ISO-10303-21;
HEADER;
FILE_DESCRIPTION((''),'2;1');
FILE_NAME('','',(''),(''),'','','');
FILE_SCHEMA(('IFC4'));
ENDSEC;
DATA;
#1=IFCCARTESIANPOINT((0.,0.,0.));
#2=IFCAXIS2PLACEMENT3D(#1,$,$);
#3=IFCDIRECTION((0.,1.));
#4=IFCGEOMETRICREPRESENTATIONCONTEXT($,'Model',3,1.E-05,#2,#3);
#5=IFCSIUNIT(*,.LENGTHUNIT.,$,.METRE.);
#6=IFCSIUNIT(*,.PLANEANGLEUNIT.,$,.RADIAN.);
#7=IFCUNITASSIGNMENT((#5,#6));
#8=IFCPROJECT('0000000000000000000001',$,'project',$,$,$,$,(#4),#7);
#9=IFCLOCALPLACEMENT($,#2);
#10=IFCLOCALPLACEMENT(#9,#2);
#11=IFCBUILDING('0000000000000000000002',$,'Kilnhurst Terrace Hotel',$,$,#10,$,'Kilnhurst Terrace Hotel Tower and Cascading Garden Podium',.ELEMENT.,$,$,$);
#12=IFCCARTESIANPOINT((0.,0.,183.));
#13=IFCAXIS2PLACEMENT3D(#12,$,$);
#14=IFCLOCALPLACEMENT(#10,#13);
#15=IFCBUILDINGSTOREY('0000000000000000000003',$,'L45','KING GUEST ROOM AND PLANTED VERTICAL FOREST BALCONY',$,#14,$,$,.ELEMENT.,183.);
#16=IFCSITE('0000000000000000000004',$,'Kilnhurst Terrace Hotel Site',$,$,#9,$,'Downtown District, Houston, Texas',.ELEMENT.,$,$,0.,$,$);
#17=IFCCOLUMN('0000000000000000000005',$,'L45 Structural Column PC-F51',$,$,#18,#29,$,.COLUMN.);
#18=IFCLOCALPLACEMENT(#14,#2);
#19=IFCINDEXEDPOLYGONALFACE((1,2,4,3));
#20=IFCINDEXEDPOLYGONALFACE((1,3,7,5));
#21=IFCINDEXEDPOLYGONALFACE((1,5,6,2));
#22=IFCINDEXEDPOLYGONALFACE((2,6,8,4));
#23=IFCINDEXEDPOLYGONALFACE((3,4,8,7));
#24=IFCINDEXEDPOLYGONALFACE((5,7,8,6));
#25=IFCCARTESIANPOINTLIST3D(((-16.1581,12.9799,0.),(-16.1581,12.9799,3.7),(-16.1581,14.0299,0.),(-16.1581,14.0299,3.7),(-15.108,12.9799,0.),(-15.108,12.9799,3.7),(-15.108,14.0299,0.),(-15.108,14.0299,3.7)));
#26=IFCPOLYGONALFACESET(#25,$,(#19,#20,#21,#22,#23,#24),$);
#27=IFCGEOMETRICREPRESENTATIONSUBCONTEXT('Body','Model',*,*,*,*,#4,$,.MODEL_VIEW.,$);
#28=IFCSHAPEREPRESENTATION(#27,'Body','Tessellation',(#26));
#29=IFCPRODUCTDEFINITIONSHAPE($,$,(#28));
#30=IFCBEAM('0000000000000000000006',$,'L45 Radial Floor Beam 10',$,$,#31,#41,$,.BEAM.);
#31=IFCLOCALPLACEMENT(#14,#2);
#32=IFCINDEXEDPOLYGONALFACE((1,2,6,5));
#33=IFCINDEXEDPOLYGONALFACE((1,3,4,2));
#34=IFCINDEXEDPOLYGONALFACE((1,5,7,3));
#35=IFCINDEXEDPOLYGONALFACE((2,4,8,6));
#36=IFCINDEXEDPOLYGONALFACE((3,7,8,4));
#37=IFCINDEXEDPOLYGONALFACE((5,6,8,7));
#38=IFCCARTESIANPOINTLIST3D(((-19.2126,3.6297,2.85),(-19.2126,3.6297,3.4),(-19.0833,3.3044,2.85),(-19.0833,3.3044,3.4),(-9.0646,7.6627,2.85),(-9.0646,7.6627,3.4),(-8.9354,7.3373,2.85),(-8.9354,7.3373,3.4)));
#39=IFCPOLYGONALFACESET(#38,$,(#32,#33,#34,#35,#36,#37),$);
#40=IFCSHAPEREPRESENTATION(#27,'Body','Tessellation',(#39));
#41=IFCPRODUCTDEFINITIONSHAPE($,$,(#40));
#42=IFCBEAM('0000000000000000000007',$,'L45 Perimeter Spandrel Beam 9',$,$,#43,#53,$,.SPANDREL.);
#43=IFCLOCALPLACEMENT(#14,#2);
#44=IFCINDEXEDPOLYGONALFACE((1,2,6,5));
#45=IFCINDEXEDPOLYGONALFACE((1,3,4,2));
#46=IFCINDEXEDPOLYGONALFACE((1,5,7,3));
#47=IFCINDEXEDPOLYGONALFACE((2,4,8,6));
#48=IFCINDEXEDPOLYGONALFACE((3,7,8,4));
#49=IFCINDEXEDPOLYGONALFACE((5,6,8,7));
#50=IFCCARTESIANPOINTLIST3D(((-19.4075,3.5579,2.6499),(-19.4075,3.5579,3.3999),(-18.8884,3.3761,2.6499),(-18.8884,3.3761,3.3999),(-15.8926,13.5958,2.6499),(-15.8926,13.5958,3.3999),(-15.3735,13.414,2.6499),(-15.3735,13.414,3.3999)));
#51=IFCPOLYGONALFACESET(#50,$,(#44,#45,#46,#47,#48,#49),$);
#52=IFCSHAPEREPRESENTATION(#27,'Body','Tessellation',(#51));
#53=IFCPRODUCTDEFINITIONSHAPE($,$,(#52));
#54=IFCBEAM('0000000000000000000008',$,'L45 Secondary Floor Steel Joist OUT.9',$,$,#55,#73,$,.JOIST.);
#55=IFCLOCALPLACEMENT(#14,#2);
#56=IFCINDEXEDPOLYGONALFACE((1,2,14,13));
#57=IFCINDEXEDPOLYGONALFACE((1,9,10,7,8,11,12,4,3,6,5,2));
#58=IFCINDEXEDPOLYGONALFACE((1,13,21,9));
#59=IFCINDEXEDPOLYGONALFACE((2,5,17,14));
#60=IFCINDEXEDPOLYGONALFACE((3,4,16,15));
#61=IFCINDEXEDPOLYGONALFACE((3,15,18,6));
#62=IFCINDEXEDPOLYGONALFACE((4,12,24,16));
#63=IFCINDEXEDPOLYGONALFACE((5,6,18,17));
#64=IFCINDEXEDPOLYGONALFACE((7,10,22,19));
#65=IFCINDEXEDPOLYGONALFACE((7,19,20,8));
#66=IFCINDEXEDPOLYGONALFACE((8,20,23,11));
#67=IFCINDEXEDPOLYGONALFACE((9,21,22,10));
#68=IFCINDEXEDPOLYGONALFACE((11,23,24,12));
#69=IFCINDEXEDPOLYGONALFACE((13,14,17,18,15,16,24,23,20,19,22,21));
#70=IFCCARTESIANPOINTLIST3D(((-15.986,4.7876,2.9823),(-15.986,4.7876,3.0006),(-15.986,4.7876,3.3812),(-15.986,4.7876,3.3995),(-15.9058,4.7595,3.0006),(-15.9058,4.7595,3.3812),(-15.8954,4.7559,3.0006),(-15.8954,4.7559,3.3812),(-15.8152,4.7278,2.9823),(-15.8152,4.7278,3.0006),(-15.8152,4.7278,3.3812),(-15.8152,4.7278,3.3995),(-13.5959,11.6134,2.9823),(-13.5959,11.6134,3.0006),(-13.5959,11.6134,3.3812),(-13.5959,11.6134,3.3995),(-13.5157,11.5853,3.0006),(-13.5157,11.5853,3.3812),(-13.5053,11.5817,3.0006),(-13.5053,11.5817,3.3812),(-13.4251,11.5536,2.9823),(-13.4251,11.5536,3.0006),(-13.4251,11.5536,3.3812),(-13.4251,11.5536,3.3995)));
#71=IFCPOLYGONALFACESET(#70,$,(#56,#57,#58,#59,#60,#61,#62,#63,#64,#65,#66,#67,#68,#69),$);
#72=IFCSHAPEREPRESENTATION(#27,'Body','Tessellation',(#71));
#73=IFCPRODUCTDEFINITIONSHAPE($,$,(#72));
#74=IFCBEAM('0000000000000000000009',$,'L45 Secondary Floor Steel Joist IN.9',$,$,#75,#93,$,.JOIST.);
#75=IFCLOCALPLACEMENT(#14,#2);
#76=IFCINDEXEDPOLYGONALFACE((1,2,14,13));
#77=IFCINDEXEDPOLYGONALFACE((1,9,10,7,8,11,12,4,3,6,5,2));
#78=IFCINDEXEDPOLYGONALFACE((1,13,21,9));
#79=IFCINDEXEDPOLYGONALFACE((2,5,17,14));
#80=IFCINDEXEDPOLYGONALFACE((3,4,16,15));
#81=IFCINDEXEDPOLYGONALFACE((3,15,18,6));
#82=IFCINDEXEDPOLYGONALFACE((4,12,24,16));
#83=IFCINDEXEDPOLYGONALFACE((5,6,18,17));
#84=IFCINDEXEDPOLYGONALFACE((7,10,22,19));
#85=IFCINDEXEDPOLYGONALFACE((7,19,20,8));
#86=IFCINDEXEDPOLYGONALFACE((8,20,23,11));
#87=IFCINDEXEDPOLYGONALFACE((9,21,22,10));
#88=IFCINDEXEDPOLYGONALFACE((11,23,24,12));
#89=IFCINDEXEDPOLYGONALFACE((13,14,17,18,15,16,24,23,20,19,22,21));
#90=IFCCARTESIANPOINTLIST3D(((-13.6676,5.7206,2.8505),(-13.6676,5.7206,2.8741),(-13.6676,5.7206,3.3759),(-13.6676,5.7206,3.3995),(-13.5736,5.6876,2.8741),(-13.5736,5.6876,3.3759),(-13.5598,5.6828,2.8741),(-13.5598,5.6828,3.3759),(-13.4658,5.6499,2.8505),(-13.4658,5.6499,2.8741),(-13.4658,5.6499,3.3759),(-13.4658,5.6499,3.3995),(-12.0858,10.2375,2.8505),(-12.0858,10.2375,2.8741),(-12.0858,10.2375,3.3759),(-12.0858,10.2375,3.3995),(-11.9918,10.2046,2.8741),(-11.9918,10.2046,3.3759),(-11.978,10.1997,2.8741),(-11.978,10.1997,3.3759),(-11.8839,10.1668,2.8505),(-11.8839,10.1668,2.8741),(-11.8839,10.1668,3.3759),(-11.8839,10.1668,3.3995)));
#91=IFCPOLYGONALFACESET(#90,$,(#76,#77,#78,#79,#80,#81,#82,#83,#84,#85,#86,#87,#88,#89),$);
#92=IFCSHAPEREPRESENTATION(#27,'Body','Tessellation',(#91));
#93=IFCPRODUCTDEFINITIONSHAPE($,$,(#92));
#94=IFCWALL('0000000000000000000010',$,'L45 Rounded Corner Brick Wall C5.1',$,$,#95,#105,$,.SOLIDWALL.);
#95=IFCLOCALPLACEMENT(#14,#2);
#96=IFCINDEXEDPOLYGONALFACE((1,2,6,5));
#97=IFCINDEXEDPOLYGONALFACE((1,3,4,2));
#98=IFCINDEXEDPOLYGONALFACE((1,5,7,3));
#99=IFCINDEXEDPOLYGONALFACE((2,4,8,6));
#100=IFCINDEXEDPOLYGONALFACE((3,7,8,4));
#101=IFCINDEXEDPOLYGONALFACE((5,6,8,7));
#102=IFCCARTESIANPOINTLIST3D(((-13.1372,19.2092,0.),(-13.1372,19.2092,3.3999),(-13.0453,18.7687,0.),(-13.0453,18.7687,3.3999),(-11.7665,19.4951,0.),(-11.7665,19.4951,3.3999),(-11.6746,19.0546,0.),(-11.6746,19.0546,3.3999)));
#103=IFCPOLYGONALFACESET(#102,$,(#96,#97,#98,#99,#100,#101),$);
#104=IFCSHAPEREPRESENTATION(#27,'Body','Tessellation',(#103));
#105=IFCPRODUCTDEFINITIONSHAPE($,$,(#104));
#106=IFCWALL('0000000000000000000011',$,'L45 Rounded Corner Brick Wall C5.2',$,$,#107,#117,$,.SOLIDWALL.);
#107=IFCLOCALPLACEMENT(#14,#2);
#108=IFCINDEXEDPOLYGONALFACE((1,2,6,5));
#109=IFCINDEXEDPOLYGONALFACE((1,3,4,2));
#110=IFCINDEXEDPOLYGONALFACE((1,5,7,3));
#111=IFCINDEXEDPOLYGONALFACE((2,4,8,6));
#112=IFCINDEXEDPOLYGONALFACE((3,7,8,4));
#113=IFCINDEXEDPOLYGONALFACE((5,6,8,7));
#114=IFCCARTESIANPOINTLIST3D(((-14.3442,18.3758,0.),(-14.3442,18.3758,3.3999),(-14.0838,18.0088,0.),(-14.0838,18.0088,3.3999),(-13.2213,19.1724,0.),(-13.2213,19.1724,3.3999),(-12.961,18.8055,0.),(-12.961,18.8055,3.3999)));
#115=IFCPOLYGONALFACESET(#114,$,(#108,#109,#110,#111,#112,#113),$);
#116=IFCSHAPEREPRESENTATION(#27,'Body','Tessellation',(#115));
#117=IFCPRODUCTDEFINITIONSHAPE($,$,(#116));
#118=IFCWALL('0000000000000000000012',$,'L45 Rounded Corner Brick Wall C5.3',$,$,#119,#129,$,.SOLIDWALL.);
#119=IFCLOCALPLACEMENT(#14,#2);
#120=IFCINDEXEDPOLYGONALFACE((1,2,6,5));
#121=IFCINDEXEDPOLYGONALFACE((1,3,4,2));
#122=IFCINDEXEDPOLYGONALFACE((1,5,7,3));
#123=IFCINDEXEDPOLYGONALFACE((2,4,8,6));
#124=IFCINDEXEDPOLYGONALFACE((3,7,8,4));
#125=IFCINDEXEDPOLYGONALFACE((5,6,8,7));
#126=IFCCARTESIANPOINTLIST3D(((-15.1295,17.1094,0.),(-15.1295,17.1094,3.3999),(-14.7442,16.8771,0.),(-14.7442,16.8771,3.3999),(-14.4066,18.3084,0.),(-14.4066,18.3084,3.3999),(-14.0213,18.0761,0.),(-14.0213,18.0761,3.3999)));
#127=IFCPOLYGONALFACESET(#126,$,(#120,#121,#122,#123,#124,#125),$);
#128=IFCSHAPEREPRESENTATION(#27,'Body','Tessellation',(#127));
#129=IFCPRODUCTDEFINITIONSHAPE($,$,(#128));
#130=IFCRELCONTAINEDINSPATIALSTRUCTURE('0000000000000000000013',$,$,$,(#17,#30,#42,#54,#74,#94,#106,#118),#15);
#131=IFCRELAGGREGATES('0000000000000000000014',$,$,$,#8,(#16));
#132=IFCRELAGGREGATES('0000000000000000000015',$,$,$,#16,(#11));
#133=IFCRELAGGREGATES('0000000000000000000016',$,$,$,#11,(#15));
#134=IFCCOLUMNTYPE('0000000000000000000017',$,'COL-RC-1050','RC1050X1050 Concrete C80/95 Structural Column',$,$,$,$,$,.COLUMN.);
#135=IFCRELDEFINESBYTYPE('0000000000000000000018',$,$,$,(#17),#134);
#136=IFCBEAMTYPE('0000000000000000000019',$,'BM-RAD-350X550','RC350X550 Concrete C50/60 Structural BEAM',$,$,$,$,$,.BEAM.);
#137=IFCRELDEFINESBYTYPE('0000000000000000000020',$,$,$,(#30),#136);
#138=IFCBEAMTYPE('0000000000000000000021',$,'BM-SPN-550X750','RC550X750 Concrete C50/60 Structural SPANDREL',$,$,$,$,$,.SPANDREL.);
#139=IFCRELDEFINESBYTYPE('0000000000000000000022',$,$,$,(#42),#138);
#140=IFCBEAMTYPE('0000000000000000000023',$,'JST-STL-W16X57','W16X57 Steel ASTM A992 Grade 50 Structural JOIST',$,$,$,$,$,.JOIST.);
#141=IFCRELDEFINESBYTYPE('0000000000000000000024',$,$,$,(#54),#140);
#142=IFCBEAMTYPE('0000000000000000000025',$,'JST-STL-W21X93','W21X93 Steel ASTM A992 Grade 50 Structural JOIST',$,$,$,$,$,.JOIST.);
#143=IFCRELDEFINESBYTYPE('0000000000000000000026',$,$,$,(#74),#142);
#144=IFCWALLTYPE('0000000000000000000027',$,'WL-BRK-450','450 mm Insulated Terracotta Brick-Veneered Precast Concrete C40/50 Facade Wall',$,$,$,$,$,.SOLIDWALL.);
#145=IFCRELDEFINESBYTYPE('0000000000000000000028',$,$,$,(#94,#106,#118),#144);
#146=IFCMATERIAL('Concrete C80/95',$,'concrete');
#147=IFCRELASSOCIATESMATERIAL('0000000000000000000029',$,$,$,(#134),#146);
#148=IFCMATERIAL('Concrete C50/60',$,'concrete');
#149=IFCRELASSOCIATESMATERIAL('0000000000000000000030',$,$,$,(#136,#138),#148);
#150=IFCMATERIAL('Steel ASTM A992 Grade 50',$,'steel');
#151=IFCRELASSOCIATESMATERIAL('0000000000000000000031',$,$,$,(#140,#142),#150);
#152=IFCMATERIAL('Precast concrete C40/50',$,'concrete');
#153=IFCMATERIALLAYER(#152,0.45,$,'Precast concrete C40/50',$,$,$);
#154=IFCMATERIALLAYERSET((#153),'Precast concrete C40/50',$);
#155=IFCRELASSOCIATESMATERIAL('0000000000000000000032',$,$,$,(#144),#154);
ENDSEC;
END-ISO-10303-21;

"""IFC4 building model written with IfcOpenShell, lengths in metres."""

from ifc_helpers import new_model, si_unit, direction, frame, frame_2d, origin, origin_2d, place, context, subcontext, project, spatial, rectangle, i_section, extrude, material, layer, layer_set, material_profile, profile_set, type_object, element, save


model = new_model("IFC4")

# Units and contexts
model_context = context("Model", 3, precision=1e-05, world=origin(), true_north=direction((0.0, 1.0)))
body_context = subcontext(model_context, "Body", "Model", "MODEL_VIEW")
ifc_project = project(units=[si_unit("LENGTHUNIT", "METRE"), si_unit("PLANEANGLEUNIT", "RADIAN")], contexts=[model_context])

# Site, building, storey
site_placement = place(None, origin())
site = spatial("IfcSite", under=ifc_project, at=site_placement, Name="Kilnhurst Terrace Hotel Site", LongName="Downtown District, Houston, Texas", CompositionType="ELEMENT", RefElevation=0.0)
building_placement = place(site_placement, origin())
building = spatial("IfcBuilding", under=site, at=building_placement, Name="Kilnhurst Terrace Hotel", LongName="Kilnhurst Terrace Hotel Tower and Cascading Garden Podium", CompositionType="ELEMENT")
storey_placement = place(building_placement, frame((0.0, 0.0, 183.0)))
storey = spatial("IfcBuildingStorey", under=building, at=storey_placement, Name="L45", Description="KING GUEST ROOM AND PLANTED VERTICAL FOREST BALCONY", CompositionType="ELEMENT", Elevation=183.0)

# Column
ifc_material_1 = material(Name="Concrete C80/95", Category="concrete")
ifc_material_profile_1 = material_profile(ifc_material_1, rectangle(XDim=1.05, YDim=1.05, at=origin_2d()), Name="RC1050X1050")
ifc_profile_set_1 = profile_set([ifc_material_profile_1], Name="Concrete C80/95")
column_type = type_object("IfcColumnType", Name="COL-RC-1050", Description="RC1050X1050 Concrete C80/95 Structural Column", PredefinedType="COLUMN", material=ifc_profile_set_1)
column_placement = place(storey_placement, frame((-15.6331, 13.5049, 0.0), z_axis=(0.0, 0.0, 1.0), x_axis=(1.0, 0.0, 0.0)))
element("IfcColumn", 1, at=column_placement, inside=storey, type_object=column_type, Name="L45 Structural Column PC-F51", PredefinedType="COLUMN", context=body_context, shape_type="SweptSolid", body=[
    extrude(rectangle(XDim=1.05, YDim=1.05, at=origin_2d()), origin(), (0.0, 0.0, 1.0), 3.7),
])

# Beams
ifc_material_2 = material(Name="Concrete C50/60", Category="concrete")
ifc_material_profile_2 = material_profile(ifc_material_2, rectangle(XDim=0.3501, YDim=0.55, at=origin_2d()), Name="RC350X550")
ifc_profile_set_2 = profile_set([ifc_material_profile_2], Name="Concrete C50/60")
beam_type_1 = type_object("IfcBeamType", Name="BM-RAD-350X550", Description="RC350X550 Concrete C50/60 Structural BEAM", PredefinedType="BEAM", material=ifc_profile_set_2)
beam_1_placement = place(storey_placement, frame((-9.0, 7.5, 3.125), z_axis=(-0.929302, -0.36932, 0.0), x_axis=(0.36932, -0.929302, 0.0)))
element("IfcBeam", 2, at=beam_1_placement, inside=storey, type_object=beam_type_1, Name="L45 Radial Floor Beam 10", PredefinedType="BEAM", context=body_context, shape_type="SweptSolid", body=[
    extrude(rectangle(XDim=0.3501, YDim=0.55, at=origin_2d()), origin(), (0.0, 0.0, 1.0), 10.9199),
])
ifc_material_profile_3 = material_profile(ifc_material_2, rectangle(XDim=0.55, YDim=0.75, at=origin_2d()), Name="RC550X750")
ifc_profile_set_3 = profile_set([ifc_material_profile_3], Name="Concrete C50/60")
beam_type_2 = type_object("IfcBeamType", Name="BM-SPN-550X750", Description="RC550X750 Concrete C50/60 Structural SPANDREL", PredefinedType="SPANDREL", material=ifc_profile_set_3)
beam_2_placement = place(storey_placement, frame((-15.6331, 13.5049, 3.0249), z_axis=(-0.330488, -0.94381, 0.0), x_axis=(0.94381, -0.330488, 0.0)))
element("IfcBeam", 3, at=beam_2_placement, inside=storey, type_object=beam_type_2, Name="L45 Perimeter Spandrel Beam 9", PredefinedType="SPANDREL", context=body_context, shape_type="SweptSolid", body=[
    extrude(rectangle(XDim=0.55, YDim=0.75, at=origin_2d()), origin(), (0.0, 0.0, 1.0), 10.6355),
])
ifc_material_3 = material(Name="Steel ASTM A992 Grade 50", Category="steel")
ifc_material_profile_4 = material_profile(ifc_material_3, i_section(OverallWidth=0.1809, OverallDepth=0.4172, WebThickness=0.011, FlangeThickness=0.0183, at=origin_2d()), Name="W16X57")
ifc_profile_set_4 = profile_set([ifc_material_profile_4], Name="Steel ASTM A992 Grade 50")
beam_type_3 = type_object("IfcBeamType", Name="JST-STL-W16X57", Description="W16X57 Steel ASTM A992 Grade 50 Structural JOIST", PredefinedType="JOIST", material=ifc_profile_set_4)
beam_3_placement = place(storey_placement, frame((-13.5105, 11.5835, 3.1909), z_axis=(-0.330481, -0.943813, 0.0), x_axis=(0.943813, -0.330481, 0.0)))
element("IfcBeam", 4, at=beam_3_placement, inside=storey, type_object=beam_type_3, Name="L45 Secondary Floor Steel Joist OUT.9", PredefinedType="JOIST", context=body_context, shape_type="SweptSolid", body=[
    extrude(i_section(OverallWidth=0.1809, OverallDepth=0.4172, WebThickness=0.011, FlangeThickness=0.0183, at=origin_2d()), origin(), (0.0, 0.0, 1.0), 7.2322),
])
ifc_material_profile_5 = material_profile(ifc_material_3, i_section(OverallWidth=0.2139, OverallDepth=0.5491, WebThickness=0.0146, FlangeThickness=0.0237, at=origin_2d()), Name="W21X93")
ifc_profile_set_5 = profile_set([ifc_material_profile_5], Name="Steel ASTM A992 Grade 50")
beam_type_4 = type_object("IfcBeamType", Name="JST-STL-W21X93", Description="W21X93 Steel ASTM A992 Grade 50 Structural JOIST", PredefinedType="JOIST", material=ifc_profile_set_5)
beam_4_placement = place(storey_placement, frame((-11.9849, 10.2021, 3.125), z_axis=(-0.330516, -0.9438, 0.0), x_axis=(0.9438, -0.330516, 0.0)))
element("IfcBeam", 5, at=beam_4_placement, inside=storey, type_object=beam_type_4, Name="L45 Secondary Floor Steel Joist IN.9", PredefinedType="JOIST", context=body_context, shape_type="SweptSolid", body=[
    extrude(i_section(OverallWidth=0.2139, OverallDepth=0.5491, WebThickness=0.0146, FlangeThickness=0.0237, at=origin_2d()), origin(), (0.0, 0.0, 1.0), 4.7859),
])

# Walls
ifc_material_4 = material(Name="Precast concrete C40/50", Category="concrete")
ifc_layer_1 = layer(ifc_material_4, 0.45, Name="Precast concrete C40/50")
ifc_layer_set_1 = layer_set([ifc_layer_1], Name="Precast concrete C40/50")
wall_type_1 = type_object("IfcWallType", Name="WL-BRK-450", Description="450 mm Insulated Terracotta Brick-Veneered Precast Concrete C40/50 Facade Wall", PredefinedType="SOLIDWALL", material=ifc_layer_set_1)
wall_1_placement = place(storey_placement, frame((-11.7205, 19.2749, 0.0), z_axis=(0.0, 0.0, 1.0), x_axis=(-0.978931, -0.204191, 0.0)))
element("IfcWall", 6, at=wall_1_placement, inside=storey, type_object=wall_type_1, Name="L45 Rounded Corner Brick Wall C5.1", PredefinedType="SOLIDWALL", context=body_context, shape_type="SweptSolid", body=[
    extrude(rectangle(XDim=1.4001, YDim=0.45, at=frame_2d((0.7002, 0.0))), origin(), (0.0, 0.0, 1.0), 3.3999),
])
wall_2_placement = place(storey_placement, frame((-13.0911, 18.989, 0.0), z_axis=(0.0, 0.0, 1.0), x_axis=(-0.815575, -0.578652, 0.0)))
element("IfcWall", 7, at=wall_2_placement, inside=storey, type_object=wall_type_1, Name="L45 Rounded Corner Brick Wall C5.2", PredefinedType="SOLIDWALL", context=body_context, shape_type="SweptSolid", body=[
    extrude(rectangle(XDim=1.3767, YDim=0.45, at=frame_2d((0.6885, 0.0))), origin(), (0.0, 0.0, 1.0), 3.3999),
])
wall_3_placement = place(storey_placement, frame((-14.2139, 18.1924, 0.0), z_axis=(0.0, 0.0, 1.0), x_axis=(-0.516341, -0.856383, 0.0)))
element("IfcWall", 8, at=wall_3_placement, inside=storey, type_object=wall_type_1, Name="L45 Rounded Corner Brick Wall C5.3", PredefinedType="SOLIDWALL", context=body_context, shape_type="SweptSolid", body=[
    extrude(rectangle(XDim=1.4001, YDim=0.45, at=frame_2d((0.7002, 0.0))), origin(), (0.0, 0.0, 1.0), 3.3999),
])

save(model, "model.ifc")
